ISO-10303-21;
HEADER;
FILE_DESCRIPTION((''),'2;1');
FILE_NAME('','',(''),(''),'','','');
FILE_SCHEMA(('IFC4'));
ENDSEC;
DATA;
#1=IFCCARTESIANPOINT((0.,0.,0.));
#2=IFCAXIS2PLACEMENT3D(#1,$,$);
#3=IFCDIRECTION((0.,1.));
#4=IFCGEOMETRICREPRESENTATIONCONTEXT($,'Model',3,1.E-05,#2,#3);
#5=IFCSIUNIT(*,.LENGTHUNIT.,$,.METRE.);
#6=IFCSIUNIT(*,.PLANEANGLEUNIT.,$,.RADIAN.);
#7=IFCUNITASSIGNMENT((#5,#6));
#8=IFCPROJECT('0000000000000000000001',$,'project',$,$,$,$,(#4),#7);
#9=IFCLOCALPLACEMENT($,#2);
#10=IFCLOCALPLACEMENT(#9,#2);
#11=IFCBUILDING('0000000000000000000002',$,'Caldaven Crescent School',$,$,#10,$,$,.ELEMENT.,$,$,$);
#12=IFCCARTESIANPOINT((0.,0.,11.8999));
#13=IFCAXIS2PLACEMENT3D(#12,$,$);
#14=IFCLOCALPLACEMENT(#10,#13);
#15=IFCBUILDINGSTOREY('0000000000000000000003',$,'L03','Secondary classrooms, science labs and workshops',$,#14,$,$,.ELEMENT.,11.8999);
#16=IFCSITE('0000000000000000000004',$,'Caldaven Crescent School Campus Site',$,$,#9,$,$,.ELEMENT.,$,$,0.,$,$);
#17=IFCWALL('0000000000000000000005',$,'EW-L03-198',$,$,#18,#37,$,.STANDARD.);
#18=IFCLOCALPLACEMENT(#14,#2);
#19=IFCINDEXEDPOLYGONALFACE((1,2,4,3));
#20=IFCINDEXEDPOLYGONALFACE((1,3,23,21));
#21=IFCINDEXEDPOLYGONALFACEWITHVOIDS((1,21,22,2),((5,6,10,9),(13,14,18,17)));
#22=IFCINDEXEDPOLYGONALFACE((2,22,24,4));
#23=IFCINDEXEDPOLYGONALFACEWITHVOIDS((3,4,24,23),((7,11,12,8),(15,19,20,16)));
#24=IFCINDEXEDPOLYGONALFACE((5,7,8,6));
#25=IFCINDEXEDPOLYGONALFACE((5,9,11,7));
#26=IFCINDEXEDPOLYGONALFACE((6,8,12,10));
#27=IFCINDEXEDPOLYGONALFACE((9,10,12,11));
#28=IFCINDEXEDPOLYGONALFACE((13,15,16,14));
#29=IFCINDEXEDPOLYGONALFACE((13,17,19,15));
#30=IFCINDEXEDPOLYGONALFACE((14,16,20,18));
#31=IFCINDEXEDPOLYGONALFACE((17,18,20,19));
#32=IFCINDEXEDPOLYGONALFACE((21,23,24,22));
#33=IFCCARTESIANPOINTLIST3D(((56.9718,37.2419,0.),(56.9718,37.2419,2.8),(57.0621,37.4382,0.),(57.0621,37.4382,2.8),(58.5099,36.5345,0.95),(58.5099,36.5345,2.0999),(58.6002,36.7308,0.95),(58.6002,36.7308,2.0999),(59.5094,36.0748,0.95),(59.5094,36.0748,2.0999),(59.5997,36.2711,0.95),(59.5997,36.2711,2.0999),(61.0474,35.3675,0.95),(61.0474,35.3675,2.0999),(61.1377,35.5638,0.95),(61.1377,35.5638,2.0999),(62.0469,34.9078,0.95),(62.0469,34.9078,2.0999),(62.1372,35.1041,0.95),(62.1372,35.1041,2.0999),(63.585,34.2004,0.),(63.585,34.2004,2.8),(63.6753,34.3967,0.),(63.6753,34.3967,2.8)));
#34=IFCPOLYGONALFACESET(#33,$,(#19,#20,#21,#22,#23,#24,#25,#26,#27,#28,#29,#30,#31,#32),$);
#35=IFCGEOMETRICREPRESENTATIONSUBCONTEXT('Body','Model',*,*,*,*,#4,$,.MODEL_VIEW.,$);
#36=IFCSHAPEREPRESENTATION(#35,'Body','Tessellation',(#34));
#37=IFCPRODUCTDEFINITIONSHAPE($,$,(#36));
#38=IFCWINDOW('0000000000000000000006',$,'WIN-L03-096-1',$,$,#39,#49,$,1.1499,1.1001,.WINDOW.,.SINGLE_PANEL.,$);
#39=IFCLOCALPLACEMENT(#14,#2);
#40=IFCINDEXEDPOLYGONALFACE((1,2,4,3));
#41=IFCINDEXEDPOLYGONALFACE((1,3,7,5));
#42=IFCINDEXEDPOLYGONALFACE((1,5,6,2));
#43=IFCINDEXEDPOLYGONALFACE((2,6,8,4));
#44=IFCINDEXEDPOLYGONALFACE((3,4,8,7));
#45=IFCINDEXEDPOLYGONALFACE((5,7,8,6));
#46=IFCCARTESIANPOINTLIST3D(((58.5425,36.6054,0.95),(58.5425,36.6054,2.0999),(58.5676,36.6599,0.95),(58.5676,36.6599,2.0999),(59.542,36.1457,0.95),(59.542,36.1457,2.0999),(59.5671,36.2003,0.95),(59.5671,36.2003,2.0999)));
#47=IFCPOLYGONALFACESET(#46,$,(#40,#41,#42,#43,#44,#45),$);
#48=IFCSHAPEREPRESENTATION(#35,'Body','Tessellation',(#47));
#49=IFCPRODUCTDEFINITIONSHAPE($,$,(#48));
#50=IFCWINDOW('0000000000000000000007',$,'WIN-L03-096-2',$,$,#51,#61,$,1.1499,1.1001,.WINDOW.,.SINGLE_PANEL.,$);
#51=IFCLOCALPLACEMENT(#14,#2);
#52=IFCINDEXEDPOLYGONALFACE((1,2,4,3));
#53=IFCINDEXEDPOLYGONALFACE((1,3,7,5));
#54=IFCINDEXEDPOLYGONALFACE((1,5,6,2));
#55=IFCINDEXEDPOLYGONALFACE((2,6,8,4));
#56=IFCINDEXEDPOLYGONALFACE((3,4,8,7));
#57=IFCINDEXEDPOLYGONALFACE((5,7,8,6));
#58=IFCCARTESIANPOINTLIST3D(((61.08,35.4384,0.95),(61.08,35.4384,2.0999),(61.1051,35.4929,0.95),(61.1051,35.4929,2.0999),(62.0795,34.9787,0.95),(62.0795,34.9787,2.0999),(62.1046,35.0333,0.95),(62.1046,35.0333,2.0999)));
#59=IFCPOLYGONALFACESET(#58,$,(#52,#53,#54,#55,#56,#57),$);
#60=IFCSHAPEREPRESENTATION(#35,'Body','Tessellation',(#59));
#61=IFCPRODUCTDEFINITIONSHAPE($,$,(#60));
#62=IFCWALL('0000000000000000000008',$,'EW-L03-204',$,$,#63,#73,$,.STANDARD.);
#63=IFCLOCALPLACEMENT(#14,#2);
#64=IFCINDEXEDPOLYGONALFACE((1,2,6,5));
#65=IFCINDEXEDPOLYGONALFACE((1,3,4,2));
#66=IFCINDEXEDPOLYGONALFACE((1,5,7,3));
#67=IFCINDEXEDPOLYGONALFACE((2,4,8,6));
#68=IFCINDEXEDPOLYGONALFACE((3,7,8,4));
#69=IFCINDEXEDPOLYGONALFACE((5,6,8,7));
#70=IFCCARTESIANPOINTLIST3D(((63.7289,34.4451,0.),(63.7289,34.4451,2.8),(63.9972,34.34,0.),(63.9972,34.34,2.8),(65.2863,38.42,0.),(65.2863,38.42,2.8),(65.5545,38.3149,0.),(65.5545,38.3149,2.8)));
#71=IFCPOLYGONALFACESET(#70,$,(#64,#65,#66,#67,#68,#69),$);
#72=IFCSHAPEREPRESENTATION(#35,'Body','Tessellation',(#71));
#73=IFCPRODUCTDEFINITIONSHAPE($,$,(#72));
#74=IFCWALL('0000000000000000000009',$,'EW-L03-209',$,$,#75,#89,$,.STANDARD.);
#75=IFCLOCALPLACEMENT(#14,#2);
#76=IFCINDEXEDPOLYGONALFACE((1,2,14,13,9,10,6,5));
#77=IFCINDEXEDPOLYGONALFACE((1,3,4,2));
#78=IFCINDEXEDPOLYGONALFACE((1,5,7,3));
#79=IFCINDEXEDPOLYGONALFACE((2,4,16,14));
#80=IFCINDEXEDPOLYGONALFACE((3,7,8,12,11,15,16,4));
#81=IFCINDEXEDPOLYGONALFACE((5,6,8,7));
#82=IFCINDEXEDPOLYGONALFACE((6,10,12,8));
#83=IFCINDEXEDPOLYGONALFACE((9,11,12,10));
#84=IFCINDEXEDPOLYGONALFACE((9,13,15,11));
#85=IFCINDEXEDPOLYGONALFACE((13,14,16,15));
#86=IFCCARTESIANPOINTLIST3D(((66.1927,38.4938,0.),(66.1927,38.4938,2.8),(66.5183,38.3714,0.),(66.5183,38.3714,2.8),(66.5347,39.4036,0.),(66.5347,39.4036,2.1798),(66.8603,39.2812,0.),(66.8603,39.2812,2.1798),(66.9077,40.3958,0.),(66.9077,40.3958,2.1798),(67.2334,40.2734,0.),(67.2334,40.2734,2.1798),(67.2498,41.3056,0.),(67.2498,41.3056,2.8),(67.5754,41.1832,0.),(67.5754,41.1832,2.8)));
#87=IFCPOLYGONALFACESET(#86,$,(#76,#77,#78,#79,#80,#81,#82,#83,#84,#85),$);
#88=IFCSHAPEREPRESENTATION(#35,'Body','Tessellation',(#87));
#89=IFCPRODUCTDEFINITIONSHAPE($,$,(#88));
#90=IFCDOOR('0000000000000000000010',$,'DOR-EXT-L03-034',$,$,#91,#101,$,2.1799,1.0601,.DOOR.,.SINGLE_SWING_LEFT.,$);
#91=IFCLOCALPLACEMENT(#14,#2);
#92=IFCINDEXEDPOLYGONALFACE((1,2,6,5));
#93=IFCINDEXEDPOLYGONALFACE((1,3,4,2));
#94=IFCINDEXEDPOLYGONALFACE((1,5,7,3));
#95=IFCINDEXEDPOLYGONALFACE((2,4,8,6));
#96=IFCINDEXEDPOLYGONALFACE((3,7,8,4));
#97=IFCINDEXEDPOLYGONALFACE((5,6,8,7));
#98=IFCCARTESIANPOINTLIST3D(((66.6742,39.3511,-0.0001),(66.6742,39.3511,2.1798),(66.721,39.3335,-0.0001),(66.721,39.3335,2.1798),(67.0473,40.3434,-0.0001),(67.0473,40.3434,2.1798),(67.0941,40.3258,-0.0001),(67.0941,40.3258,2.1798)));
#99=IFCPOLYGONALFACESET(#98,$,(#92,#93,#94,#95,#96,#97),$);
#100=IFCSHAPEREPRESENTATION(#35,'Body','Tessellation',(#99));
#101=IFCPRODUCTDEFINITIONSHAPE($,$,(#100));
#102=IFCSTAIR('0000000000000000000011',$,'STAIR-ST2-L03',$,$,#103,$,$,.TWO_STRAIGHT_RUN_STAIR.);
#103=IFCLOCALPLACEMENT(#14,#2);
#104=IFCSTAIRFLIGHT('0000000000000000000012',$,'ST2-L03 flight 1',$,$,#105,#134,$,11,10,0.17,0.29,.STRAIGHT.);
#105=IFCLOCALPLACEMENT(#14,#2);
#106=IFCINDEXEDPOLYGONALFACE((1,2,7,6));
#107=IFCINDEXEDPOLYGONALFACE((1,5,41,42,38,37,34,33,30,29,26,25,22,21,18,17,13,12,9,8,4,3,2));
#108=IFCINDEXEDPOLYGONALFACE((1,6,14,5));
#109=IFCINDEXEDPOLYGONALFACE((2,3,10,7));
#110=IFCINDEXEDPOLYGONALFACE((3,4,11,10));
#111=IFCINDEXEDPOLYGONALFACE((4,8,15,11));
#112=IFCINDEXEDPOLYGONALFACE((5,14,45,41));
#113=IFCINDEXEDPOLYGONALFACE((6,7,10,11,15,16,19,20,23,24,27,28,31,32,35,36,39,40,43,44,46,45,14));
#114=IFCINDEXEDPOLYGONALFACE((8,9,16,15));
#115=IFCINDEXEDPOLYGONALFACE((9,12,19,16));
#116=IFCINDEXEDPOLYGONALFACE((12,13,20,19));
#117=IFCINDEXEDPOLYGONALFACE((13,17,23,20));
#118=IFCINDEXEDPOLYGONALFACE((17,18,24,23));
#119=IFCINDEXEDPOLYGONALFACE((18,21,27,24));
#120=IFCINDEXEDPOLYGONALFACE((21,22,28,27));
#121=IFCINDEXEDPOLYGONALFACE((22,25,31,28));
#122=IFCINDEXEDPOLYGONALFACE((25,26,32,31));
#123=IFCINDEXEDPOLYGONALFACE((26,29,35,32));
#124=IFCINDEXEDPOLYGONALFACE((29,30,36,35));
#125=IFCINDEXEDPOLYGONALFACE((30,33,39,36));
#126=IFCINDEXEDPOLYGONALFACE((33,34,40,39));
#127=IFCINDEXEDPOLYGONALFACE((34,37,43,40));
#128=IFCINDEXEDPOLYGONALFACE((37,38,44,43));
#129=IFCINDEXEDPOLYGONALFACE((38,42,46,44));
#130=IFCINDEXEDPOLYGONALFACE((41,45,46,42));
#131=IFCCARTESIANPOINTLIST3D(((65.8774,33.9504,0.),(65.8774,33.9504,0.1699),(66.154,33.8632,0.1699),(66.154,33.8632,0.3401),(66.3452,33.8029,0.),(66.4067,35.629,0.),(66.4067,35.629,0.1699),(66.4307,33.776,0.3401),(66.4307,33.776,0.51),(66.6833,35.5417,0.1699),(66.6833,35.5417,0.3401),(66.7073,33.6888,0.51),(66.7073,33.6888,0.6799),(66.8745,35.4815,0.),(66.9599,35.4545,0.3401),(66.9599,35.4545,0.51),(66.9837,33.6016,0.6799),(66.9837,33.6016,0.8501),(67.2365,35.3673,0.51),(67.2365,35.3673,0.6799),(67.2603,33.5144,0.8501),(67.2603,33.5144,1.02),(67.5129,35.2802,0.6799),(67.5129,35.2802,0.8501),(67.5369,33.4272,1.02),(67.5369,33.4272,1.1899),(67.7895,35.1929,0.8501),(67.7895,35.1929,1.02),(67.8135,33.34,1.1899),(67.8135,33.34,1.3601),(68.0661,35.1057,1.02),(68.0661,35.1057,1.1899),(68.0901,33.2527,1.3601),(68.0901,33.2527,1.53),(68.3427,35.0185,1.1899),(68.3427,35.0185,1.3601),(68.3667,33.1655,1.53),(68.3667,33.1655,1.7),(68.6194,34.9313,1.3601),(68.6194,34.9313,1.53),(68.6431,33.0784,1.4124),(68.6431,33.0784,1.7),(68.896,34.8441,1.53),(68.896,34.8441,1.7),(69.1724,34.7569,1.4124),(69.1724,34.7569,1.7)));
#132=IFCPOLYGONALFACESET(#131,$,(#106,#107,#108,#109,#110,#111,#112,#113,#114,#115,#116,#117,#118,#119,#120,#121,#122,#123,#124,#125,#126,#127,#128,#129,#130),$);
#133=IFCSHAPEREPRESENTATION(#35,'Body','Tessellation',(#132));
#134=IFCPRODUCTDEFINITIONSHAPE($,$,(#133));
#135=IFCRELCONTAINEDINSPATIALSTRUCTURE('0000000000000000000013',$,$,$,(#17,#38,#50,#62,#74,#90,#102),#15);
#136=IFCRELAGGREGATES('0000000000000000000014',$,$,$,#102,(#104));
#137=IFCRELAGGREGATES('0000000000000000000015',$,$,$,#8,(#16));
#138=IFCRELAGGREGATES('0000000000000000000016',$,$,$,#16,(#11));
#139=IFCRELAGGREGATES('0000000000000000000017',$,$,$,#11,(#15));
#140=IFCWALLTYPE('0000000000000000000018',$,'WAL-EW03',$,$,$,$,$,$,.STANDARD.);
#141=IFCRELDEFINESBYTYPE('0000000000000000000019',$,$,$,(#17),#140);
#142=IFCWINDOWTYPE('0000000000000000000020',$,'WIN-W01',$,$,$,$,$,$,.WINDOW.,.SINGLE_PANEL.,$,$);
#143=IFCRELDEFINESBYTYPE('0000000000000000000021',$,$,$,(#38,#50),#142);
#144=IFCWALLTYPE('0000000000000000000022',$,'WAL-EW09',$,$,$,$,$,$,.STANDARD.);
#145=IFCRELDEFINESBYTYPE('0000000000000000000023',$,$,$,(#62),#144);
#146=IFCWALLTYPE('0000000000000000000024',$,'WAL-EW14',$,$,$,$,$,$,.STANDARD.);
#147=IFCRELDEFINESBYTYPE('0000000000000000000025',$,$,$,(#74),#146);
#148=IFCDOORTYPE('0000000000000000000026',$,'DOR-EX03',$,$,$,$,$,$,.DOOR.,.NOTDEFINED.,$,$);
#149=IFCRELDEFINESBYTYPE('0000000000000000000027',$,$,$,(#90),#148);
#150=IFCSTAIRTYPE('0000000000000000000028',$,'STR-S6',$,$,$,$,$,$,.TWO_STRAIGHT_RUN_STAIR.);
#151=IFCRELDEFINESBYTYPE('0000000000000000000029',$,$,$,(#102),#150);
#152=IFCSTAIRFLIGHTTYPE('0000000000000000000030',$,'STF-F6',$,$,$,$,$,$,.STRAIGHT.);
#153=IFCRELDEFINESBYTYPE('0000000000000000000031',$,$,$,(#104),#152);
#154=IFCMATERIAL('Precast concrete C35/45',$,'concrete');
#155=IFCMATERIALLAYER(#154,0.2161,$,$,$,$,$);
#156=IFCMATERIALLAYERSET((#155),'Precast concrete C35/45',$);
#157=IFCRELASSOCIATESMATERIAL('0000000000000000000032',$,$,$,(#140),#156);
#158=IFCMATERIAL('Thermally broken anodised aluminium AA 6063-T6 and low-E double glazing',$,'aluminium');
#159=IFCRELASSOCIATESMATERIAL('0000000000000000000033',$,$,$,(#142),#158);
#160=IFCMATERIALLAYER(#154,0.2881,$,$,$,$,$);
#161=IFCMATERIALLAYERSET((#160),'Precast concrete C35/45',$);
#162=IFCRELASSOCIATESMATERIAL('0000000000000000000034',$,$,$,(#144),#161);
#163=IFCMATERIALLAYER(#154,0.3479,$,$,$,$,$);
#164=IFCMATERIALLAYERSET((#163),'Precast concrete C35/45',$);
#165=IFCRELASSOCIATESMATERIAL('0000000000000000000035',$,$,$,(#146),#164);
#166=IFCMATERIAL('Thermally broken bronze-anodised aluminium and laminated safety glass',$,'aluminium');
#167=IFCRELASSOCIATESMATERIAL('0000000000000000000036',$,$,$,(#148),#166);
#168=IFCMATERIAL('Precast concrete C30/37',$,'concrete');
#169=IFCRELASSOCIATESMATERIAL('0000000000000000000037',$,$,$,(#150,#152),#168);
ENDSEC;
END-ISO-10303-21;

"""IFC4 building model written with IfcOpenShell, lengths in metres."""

from ifc_helpers import new_model, si_unit, direction, frame, frame_2d, origin, place, context, subcontext, project, spatial, polyline, rectangle, outline, extrude, material, layer, layer_set, type_object, element, fill, aggregate, save


model = new_model("IFC4")

# Units and contexts
model_context = context("Model", 3, precision=1e-05, world=origin(), true_north=direction((0.0, 1.0)))
body_context = subcontext(model_context, "Body", "Model", "MODEL_VIEW")
ifc_project = project(units=[si_unit("LENGTHUNIT", "METRE"), si_unit("PLANEANGLEUNIT", "RADIAN")], contexts=[model_context])

# Site, building, storey
site_placement = place(None, origin())
site = spatial("IfcSite", under=ifc_project, at=site_placement, Name="Caldaven Crescent School Campus Site", CompositionType="ELEMENT", RefElevation=0.0)
building_placement = place(site_placement, origin())
building = spatial("IfcBuilding", under=site, at=building_placement, Name="Caldaven Crescent School", CompositionType="ELEMENT")
storey_placement = place(building_placement, frame((0.0, 0.0, 11.8999)))
storey = spatial("IfcBuildingStorey", under=building, at=storey_placement, Name="L03", Description="Secondary classrooms, science labs and workshops", CompositionType="ELEMENT", Elevation=11.8999)

# Shared definitions
ifc_material_1 = material(Name="Precast concrete C35/45", Category="concrete")

# Wall, openings, windows
ifc_layer_1 = layer(ifc_material_1, 0.2161)
ifc_layer_set_1 = layer_set([ifc_layer_1], Name="Precast concrete C35/45")
wall_type_1 = type_object("IfcWallType", Name="WAL-EW03", PredefinedType="STANDARD", material=ifc_layer_set_1)
wall_1_placement = place(storey_placement, frame((57.0168, 37.3401, 0.0), z_axis=(0.0, 0.0, 1.0), x_axis=(0.908522, -0.417837, 0.0)))
wall_1 = element("IfcWall", 1, at=wall_1_placement, inside=storey, type_object=wall_type_1, Name="EW-L03-198", PredefinedType="STANDARD", context=body_context, shape_type="SweptSolid", body=[
    extrude(rectangle(XDim=7.2791, YDim=0.2161, at=frame_2d((3.6396, 0.0))), origin(), (0.0, 0.0, 1.0), 2.8),
])
opening_1_placement = place(wall_1_placement, frame((1.6931, 0.0, 0.95)))
opening_1 = element("IfcOpeningElement", 2, at=opening_1_placement, cuts=wall_1, PredefinedType="OPENING", context=body_context, shape_type="SweptSolid", body=[
    extrude(rectangle(XDim=1.1001, YDim=1.1499, at=frame_2d((0.55, 0.575))), frame((0.0, 0.1179, 0.0), z_axis=(0.0, -1.0, 0.0), x_axis=(1.0, 0.0, 0.0)), (0.0, 0.0, 1.0), 0.2361),
])
opening_2_placement = place(wall_1_placement, frame((4.4861, 0.0, 0.95)))
opening_2 = element("IfcOpeningElement", 3, at=opening_2_placement, cuts=wall_1, PredefinedType="OPENING", context=body_context, shape_type="SweptSolid", body=[
    extrude(rectangle(XDim=1.1001, YDim=1.1499, at=frame_2d((0.55, 0.575))), frame((0.0, 0.1179, 0.0), z_axis=(0.0, -1.0, 0.0), x_axis=(1.0, 0.0, 0.0)), (0.0, 0.0, 1.0), 0.2361),
])
ifc_material_2 = material(Name="Thermally broken anodised aluminium AA 6063-T6 and low-E double glazing", Category="aluminium")
window_type = type_object("IfcWindowType", Name="WIN-W01", PartitioningType="SINGLE_PANEL", PredefinedType="WINDOW", material=ifc_material_2)
window_1_placement = place(opening_1_placement, origin())
window_1 = element("IfcWindow", 4, at=window_1_placement, inside=storey, type_object=window_type, Name="WIN-L03-096-1", OverallHeight=1.1499, OverallWidth=1.1001, PartitioningType="SINGLE_PANEL", PredefinedType="WINDOW", context=body_context, shape_type="SweptSolid", body=[
    extrude(rectangle(XDim=1.1001, YDim=1.1499, at=frame_2d((0.55, 0.575))), frame((0.0, 0.03, 0.0), z_axis=(0.0, -1.0, 0.0), x_axis=(1.0, 0.0, 0.0)), (0.0, 0.0, 1.0), 0.0601),
])
fill(opening_1, window_1)
window_2_placement = place(opening_2_placement, origin())
window_2 = element("IfcWindow", 5, at=window_2_placement, inside=storey, type_object=window_type, Name="WIN-L03-096-2", OverallHeight=1.1499, OverallWidth=1.1001, PartitioningType="SINGLE_PANEL", PredefinedType="WINDOW", context=body_context, shape_type="SweptSolid", body=[
    extrude(rectangle(XDim=1.1001, YDim=1.1499, at=frame_2d((0.55, 0.575))), frame((0.0, 0.03, 0.0), z_axis=(0.0, -1.0, 0.0), x_axis=(1.0, 0.0, 0.0)), (0.0, 0.0, 1.0), 0.0601),
])
fill(opening_2, window_2)

# Wall
ifc_layer_2 = layer(ifc_material_1, 0.2881)
ifc_layer_set_2 = layer_set([ifc_layer_2], Name="Precast concrete C35/45")
wall_type_2 = type_object("IfcWallType", Name="WAL-EW09", PredefinedType="STANDARD", material=ifc_layer_set_2)
wall_2_placement = place(storey_placement, frame((65.4204, 38.3674, 0.0), z_axis=(0.0, 0.0, 1.0), x_axis=(-0.364805, -0.931084, 0.0)))
element("IfcWall", 6, at=wall_2_placement, inside=storey, type_object=wall_type_2, Name="EW-L03-204", PredefinedType="STANDARD", context=body_context, shape_type="SweptSolid", body=[
    extrude(rectangle(XDim=4.269, YDim=0.2881, at=frame_2d((2.1345, 0.0))), origin(), (0.0, 0.0, 1.0), 2.8),
])

# Wall, opening, door
ifc_layer_3 = layer(ifc_material_1, 0.3479)
ifc_layer_set_3 = layer_set([ifc_layer_3], Name="Precast concrete C35/45")
wall_type_3 = type_object("IfcWallType", Name="WAL-EW14", PredefinedType="STANDARD", material=ifc_layer_set_3)
wall_3_placement = place(storey_placement, frame((67.4126, 41.2444, 0.0), z_axis=(0.0, 0.0, 1.0), x_axis=(-0.351916, -0.936032, 0.0)))
wall_3 = element("IfcWall", 7, at=wall_3_placement, inside=storey, type_object=wall_type_3, Name="EW-L03-209", PredefinedType="STANDARD", context=body_context, shape_type="SweptSolid", body=[
    extrude(rectangle(XDim=3.0039, YDim=0.3479, at=frame_2d((1.502, 0.0))), origin(), (0.0, 0.0, 1.0), 2.8),
])
opening_3_placement = place(wall_3_placement, frame((0.9719, 0.0, 0.0)))
opening_3 = element("IfcOpeningElement", 8, at=opening_3_placement, cuts=wall_3, PredefinedType="OPENING", context=body_context, shape_type="SweptSolid", body=[
    extrude(rectangle(XDim=1.0601, YDim=2.1799, at=frame_2d((0.53, 1.0898))), frame((0.0, 0.1838, 0.0), z_axis=(0.0, -1.0, 0.0), x_axis=(1.0, 0.0, 0.0)), (0.0, 0.0, 1.0), 0.3679),
])
ifc_material_3 = material(Name="Thermally broken bronze-anodised aluminium and laminated safety glass", Category="aluminium")
door_type = type_object("IfcDoorType", Name="DOR-EX03", OperationType="NOTDEFINED", PredefinedType="DOOR", material=ifc_material_3)
door_placement = place(opening_3_placement, frame((1.0601, 0.0, 0.0), z_axis=(0.0, 0.0, 1.0), x_axis=(-1.0, 0.0, 0.0)))
door = element("IfcDoor", 9, at=door_placement, inside=storey, type_object=door_type, Name="DOR-EXT-L03-034", OperationType="SINGLE_SWING_LEFT", OverallHeight=2.1799, OverallWidth=1.0601, PredefinedType="DOOR", context=body_context, shape_type="SweptSolid", body=[
    extrude(rectangle(XDim=1.0601, YDim=2.1799, at=frame_2d((0.53, 1.0898))), frame((0.0, 0.0249, 0.0), z_axis=(0.0, -1.0, 0.0), x_axis=(1.0, 0.0, 0.0)), (0.0, 0.0, 1.0), 0.05),
])
fill(opening_3, door)

# Stair, stair flight
ifc_material_4 = material(Name="Precast concrete C30/37", Category="concrete")
stair_type = type_object("IfcStairType", Name="STR-S6", PredefinedType="TWO_STRAIGHT_RUN_STAIR", material=ifc_material_4)
stair_placement = place(storey_placement, origin())
stair = element("IfcStair", 10, at=stair_placement, inside=storey, type_object=stair_type, Name="STAIR-ST2-L03", PredefinedType="TWO_STRAIGHT_RUN_STAIR")
stair_flight_type = type_object("IfcStairFlightType", Name="STF-F6", PredefinedType="STRAIGHT", material=ifc_material_4)
stair_flight_placement = place(storey_placement, frame((66.1421, 34.7898, 0.0), z_axis=(0.0, 0.0, 1.0), x_axis=(0.953717, -0.300706, 0.0)))
stair_flight = element("IfcStairFlight", 11, at=stair_flight_placement, type_object=stair_flight_type, Name="ST2-L03 flight 1", NumberOfRisers=11, NumberOfTreads=10, PredefinedType="STRAIGHT", RiserHeight=0.17, TreadLength=0.29, context=body_context, shape_type="SweptSolid", body=[
    extrude(outline(polyline([(0.0, 0.0), (0.0, 0.1699), (0.29, 0.1699), (0.29, 0.3401), (0.5801, 0.3401), (0.5801, 0.51), (0.8701, 0.51), (0.8701, 0.6799), (1.1599, 0.6799), (1.1599, 0.8501), (1.45, 0.8501), (1.45, 1.02), (1.74, 1.02), (1.74, 1.1899), (2.03, 1.1899), (2.03, 1.3601), (2.3201, 1.3601), (2.3201, 1.53), (2.6101, 1.53), (2.6101, 1.7), (2.8999, 1.7), (2.8999, 1.8701), (2.8999, 1.4124), (0.4905, 0.0), (0.0, 0.0)])), frame((0.0, 0.8799, 0.0), z_axis=(0.0, -1.0, 0.0), x_axis=(1.0, 0.0, 0.0)), (0.0, 0.0, 1.0), 1.76),
])
aggregate(stair, [stair_flight])

save(model, "model.ifc")
